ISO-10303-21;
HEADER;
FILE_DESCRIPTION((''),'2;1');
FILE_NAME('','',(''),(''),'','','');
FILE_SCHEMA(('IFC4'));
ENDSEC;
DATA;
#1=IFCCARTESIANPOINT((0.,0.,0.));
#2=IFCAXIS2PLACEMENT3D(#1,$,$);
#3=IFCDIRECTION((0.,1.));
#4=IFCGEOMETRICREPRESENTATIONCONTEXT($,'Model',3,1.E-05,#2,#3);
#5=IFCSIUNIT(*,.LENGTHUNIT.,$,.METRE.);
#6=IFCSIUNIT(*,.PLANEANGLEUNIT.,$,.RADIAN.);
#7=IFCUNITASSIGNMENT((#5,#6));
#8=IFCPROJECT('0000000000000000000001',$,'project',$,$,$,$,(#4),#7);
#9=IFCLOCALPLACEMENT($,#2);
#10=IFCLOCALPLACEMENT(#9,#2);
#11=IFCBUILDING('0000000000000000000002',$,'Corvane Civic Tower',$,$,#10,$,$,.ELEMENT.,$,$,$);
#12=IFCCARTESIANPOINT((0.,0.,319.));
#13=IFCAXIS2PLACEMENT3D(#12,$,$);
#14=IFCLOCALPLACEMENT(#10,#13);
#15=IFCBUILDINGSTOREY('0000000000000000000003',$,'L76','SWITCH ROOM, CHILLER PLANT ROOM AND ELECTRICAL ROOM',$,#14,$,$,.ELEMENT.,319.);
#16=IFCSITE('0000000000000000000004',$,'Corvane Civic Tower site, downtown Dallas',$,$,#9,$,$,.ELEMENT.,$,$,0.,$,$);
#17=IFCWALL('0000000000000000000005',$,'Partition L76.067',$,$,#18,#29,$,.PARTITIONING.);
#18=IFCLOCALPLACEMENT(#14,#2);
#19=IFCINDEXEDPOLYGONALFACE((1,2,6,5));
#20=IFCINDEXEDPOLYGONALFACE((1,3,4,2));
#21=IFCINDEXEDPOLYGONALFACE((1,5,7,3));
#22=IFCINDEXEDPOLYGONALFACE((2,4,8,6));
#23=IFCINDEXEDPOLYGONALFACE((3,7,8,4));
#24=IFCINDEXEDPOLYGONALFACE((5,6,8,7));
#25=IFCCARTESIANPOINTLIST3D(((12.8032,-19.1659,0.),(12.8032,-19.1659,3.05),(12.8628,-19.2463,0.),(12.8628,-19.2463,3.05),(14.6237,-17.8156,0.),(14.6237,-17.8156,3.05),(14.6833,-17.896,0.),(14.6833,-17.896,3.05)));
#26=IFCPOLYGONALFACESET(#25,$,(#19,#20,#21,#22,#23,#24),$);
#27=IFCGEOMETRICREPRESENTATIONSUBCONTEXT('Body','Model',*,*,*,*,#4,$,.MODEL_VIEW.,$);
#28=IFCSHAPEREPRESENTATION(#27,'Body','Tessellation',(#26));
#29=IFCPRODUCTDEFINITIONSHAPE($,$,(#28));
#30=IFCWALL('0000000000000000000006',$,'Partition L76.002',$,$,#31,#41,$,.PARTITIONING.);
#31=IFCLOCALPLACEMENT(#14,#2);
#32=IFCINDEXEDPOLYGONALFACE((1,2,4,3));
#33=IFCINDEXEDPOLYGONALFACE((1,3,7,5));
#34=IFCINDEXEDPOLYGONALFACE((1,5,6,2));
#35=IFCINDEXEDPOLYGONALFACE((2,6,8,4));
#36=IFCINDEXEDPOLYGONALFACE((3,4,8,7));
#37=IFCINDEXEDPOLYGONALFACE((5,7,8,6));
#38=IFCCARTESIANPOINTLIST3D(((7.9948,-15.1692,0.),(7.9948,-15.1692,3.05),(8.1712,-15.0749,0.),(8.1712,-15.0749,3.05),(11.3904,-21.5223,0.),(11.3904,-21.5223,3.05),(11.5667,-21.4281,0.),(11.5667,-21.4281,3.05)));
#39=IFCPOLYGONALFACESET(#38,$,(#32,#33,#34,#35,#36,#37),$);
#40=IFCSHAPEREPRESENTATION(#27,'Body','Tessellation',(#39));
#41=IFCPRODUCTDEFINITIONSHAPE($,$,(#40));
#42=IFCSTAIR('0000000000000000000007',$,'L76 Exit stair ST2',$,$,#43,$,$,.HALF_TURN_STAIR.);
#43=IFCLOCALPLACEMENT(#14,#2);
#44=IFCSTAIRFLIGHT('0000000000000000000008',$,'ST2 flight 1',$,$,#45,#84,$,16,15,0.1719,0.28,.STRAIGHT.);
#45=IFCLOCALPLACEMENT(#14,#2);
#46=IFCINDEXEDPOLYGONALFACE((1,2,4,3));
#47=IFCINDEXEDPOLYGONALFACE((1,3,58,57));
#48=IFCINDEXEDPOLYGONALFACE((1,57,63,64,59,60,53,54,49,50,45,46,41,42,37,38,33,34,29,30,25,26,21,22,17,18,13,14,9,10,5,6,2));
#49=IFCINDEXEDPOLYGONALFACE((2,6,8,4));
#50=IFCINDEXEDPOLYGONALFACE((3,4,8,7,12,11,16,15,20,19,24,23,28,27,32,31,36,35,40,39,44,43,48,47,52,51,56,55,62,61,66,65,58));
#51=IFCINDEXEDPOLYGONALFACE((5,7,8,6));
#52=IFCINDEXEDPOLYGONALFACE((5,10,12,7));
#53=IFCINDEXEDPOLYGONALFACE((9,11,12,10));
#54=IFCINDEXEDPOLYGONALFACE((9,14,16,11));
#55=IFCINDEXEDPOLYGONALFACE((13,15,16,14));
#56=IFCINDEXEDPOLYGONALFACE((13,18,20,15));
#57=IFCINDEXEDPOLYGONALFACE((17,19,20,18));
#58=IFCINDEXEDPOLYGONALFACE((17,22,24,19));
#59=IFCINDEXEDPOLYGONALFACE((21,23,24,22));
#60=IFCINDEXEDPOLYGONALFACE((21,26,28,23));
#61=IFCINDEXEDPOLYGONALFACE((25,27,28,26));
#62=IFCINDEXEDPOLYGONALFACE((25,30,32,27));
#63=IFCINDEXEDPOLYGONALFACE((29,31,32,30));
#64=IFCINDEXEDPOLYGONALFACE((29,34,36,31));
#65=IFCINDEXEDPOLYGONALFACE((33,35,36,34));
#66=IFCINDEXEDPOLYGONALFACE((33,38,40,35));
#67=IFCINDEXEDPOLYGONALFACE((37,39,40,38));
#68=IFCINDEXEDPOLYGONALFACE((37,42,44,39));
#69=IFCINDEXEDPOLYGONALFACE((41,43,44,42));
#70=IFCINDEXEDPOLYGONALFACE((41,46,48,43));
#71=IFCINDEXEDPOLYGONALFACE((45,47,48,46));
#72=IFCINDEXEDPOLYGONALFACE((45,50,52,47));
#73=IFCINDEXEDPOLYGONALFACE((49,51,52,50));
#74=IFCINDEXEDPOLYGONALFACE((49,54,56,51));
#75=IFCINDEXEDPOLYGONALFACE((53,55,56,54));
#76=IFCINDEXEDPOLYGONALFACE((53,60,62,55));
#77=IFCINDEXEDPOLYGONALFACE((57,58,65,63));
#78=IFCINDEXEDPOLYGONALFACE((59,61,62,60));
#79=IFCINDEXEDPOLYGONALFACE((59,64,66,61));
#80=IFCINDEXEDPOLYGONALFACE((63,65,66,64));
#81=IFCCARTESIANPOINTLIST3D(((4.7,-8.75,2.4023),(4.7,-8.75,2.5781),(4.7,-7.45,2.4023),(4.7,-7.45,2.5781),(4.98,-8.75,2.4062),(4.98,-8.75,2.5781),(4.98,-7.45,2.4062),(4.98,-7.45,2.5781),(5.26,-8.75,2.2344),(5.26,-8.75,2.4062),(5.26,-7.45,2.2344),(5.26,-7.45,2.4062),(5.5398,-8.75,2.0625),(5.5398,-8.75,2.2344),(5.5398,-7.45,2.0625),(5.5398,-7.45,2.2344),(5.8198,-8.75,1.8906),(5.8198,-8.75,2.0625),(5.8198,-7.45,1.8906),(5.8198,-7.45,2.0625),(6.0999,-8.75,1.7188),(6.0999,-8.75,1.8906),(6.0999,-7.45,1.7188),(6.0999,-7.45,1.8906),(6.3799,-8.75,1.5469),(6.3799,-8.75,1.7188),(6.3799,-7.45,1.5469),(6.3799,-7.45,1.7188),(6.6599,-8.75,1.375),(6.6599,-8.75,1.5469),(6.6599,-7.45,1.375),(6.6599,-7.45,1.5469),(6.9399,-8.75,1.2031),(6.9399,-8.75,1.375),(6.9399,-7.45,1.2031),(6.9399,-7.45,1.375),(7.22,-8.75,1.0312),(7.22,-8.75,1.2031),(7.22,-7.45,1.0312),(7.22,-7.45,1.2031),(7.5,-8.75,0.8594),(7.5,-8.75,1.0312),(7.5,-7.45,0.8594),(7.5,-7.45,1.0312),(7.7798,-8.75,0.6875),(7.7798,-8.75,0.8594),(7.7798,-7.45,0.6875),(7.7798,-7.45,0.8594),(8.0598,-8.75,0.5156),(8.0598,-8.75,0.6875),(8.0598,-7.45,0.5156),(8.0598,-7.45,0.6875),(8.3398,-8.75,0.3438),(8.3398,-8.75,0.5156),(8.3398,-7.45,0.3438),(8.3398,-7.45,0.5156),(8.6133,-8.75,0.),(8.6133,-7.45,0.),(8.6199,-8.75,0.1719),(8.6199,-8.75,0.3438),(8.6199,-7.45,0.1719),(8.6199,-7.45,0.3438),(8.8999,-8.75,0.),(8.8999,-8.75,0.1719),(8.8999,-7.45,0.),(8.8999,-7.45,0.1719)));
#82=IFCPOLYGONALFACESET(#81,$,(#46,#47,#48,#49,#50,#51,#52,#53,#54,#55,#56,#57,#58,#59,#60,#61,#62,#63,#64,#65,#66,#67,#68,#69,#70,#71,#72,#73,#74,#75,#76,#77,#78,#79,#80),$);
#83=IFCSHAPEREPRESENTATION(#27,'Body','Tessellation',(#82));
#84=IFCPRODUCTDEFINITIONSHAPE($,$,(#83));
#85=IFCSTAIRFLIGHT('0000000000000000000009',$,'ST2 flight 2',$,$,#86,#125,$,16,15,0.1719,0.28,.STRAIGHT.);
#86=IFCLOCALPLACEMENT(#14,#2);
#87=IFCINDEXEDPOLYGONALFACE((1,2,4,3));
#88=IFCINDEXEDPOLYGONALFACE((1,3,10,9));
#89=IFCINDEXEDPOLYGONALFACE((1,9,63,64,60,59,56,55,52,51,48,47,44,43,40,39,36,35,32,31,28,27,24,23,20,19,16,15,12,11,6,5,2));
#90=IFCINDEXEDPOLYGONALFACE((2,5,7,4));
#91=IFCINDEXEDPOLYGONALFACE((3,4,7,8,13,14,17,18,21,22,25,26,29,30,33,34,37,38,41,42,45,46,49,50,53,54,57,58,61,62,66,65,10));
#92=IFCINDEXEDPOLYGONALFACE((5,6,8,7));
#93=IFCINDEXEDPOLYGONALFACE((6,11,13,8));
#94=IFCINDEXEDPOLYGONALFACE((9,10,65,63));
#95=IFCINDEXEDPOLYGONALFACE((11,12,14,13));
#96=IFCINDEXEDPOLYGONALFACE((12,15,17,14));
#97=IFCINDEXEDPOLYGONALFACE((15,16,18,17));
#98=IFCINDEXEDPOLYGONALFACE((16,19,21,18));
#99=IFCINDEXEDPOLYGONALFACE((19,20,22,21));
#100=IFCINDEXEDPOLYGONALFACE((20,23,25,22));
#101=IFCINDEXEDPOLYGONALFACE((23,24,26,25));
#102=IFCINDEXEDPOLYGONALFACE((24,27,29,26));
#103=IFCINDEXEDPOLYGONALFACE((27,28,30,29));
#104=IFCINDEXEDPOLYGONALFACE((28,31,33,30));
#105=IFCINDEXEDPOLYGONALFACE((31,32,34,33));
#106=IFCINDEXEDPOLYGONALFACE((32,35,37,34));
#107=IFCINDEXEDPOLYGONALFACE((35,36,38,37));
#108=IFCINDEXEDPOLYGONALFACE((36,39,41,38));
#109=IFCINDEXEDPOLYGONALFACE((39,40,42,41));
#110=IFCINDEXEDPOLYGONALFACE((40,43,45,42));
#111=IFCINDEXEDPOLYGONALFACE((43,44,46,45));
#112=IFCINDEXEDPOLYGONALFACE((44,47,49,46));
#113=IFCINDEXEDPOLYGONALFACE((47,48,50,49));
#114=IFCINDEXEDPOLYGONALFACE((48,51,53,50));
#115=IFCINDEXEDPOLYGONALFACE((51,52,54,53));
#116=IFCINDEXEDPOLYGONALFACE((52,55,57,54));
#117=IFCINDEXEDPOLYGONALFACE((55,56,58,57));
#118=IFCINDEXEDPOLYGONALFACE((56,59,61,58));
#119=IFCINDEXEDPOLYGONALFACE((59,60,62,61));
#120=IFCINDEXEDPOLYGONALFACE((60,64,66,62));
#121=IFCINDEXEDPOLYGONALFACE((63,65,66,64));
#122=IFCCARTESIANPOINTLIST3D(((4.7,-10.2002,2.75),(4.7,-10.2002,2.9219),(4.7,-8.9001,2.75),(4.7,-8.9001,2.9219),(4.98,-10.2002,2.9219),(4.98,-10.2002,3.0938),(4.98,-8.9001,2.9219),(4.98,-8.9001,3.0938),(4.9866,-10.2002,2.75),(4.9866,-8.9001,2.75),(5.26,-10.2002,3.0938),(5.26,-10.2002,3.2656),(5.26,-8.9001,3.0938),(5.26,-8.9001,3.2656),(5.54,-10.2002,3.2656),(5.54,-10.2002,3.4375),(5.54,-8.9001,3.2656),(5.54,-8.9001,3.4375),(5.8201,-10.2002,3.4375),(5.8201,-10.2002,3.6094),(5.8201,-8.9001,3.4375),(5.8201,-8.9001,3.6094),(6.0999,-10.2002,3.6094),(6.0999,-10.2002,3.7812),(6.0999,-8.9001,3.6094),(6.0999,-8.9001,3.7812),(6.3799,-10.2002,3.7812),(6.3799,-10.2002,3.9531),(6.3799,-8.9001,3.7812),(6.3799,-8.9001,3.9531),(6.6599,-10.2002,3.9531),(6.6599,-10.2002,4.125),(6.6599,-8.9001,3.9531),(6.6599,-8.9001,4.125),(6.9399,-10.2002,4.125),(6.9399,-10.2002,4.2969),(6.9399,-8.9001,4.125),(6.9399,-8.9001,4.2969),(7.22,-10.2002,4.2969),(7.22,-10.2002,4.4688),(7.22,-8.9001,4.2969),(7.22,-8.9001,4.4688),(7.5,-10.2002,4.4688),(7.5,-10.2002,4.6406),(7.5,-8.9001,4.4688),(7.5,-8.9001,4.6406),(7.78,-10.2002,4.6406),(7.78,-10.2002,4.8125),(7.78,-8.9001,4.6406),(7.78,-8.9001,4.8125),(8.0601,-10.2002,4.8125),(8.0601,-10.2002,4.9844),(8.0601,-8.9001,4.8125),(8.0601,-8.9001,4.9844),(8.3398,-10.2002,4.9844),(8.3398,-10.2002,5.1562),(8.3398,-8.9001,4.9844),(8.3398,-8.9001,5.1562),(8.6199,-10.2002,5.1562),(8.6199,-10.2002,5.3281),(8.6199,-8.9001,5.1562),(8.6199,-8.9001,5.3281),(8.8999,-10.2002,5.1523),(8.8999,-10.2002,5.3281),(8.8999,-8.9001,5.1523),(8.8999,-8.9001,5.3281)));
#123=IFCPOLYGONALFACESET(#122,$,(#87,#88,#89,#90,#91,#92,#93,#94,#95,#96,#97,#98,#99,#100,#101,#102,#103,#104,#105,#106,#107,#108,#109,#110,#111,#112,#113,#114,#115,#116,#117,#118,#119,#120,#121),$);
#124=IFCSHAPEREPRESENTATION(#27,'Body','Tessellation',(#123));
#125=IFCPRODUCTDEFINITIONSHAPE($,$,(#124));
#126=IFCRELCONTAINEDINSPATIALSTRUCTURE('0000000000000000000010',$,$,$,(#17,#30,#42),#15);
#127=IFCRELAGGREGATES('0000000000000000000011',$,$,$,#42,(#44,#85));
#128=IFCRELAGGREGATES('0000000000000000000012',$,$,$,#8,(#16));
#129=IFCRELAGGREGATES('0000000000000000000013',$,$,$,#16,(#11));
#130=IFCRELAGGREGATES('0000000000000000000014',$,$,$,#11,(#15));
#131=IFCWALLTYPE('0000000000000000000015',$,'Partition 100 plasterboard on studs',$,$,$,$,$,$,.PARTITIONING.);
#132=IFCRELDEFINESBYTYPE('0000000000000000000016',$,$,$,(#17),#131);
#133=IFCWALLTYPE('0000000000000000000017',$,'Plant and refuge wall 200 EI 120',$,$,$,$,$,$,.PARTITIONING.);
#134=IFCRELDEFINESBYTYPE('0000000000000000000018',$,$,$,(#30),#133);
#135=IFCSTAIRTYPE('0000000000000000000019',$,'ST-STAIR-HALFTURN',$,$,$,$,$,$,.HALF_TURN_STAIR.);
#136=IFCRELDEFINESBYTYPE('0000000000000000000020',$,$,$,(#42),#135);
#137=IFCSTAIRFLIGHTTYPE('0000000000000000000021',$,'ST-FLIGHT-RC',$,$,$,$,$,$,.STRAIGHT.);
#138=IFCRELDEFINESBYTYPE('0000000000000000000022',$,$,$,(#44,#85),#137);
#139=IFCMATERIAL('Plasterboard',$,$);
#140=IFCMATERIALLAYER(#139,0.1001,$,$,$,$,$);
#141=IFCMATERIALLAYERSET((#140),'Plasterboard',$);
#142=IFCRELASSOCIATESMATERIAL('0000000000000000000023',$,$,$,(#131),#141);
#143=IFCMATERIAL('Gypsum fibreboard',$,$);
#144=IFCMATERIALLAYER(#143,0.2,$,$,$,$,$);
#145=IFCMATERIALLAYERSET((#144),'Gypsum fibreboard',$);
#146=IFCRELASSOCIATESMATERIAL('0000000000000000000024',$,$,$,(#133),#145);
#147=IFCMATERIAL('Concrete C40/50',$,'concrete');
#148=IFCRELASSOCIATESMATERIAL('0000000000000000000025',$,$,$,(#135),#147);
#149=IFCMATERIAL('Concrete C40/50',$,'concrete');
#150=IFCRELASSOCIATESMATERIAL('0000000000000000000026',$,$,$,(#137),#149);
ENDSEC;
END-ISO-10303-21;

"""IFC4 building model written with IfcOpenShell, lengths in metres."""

from ifc_helpers import new_model, si_unit, direction, frame, frame_2d, origin, place, context, subcontext, project, spatial, polyline, rectangle, outline, extrude, material, layer, layer_set, type_object, element, aggregate, save


model = new_model("IFC4")

# Units and contexts
model_context = context("Model", 3, precision=1e-05, world=origin(), true_north=direction((0.0, 1.0)))
body_context = subcontext(model_context, "Body", "Model", "MODEL_VIEW")
ifc_project = project(units=[si_unit("LENGTHUNIT", "METRE"), si_unit("PLANEANGLEUNIT", "RADIAN")], contexts=[model_context])

# Site, building, storey
site_placement = place(None, origin())
site = spatial("IfcSite", under=ifc_project, at=site_placement, Name="Corvane Civic Tower site, downtown Dallas", CompositionType="ELEMENT", RefElevation=0.0)
building_placement = place(site_placement, origin())
building = spatial("IfcBuilding", under=site, at=building_placement, Name="Corvane Civic Tower", CompositionType="ELEMENT")
storey_placement = place(building_placement, frame((0.0, 0.0, 319.0)))
storey = spatial("IfcBuildingStorey", under=building, at=storey_placement, Name="L76", Description="SWITCH ROOM, CHILLER PLANT ROOM AND ELECTRICAL ROOM", CompositionType="ELEMENT", Elevation=319.0)

# Walls
ifc_material_1 = material(Name="Plasterboard")
ifc_layer_1 = layer(ifc_material_1, 0.1001)
ifc_layer_set_1 = layer_set([ifc_layer_1], Name="Plasterboard")
wall_type_1 = type_object("IfcWallType", Name="Partition 100 plasterboard on studs", PredefinedType="PARTITIONING", material=ifc_layer_set_1)
wall_1_placement = place(storey_placement, frame((12.833, -19.2061, 0.0), z_axis=(0.0, 0.0, 1.0), x_axis=(0.803181, 0.595735, 0.0)))
element("IfcWall", 1, at=wall_1_placement, inside=storey, type_object=wall_type_1, Name="Partition L76.067", PredefinedType="PARTITIONING", context=body_context, shape_type="SweptSolid", body=[
    extrude(rectangle(XDim=2.2666, YDim=0.1001, at=frame_2d((1.1333, 0.0))), origin(), (0.0, 0.0, 1.0), 3.05),
])
ifc_material_2 = material(Name="Gypsum fibreboard")
ifc_layer_2 = layer(ifc_material_2, 0.2)
ifc_layer_set_2 = layer_set([ifc_layer_2], Name="Gypsum fibreboard")
wall_type_2 = type_object("IfcWallType", Name="Plant and refuge wall 200 EI 120", PredefinedType="PARTITIONING", material=ifc_layer_set_2)
wall_2_placement = place(storey_placement, frame((8.083, -15.1221, 0.0), z_axis=(0.0, 0.0, 1.0), x_axis=(0.471369, -0.881936, 0.0)))
element("IfcWall", 2, at=wall_2_placement, inside=storey, type_object=wall_type_2, Name="Partition L76.002", PredefinedType="PARTITIONING", context=body_context, shape_type="SweptSolid", body=[
    extrude(rectangle(XDim=7.2036, YDim=0.2, at=frame_2d((3.6018, 0.0))), origin(), (0.0, 0.0, 1.0), 3.05),
])

# Stair, stair flights
ifc_material_3 = material(Name="Concrete C40/50", Category="concrete")
stair_type = type_object("IfcStairType", Name="ST-STAIR-HALFTURN", PredefinedType="HALF_TURN_STAIR", material=ifc_material_3)
stair_placement = place(storey_placement, origin())
stair = element("IfcStair", 3, at=stair_placement, inside=storey, type_object=stair_type, Name="L76 Exit stair ST2", PredefinedType="HALF_TURN_STAIR")
ifc_material_4 = material(Name="Concrete C40/50", Category="concrete")
stair_flight_type = type_object("IfcStairFlightType", Name="ST-FLIGHT-RC", PredefinedType="STRAIGHT", material=ifc_material_4)
stair_flight_1_placement = place(storey_placement, frame((8.8999, -8.1001, 0.0), z_axis=(0.0, 0.0, 1.0), x_axis=(-1.0, 0.0, 0.0)))
stair_flight_1 = element("IfcStairFlight", 4, at=stair_flight_1_placement, type_object=stair_flight_type, Name="ST2 flight 1", NumberOfRisers=16, NumberOfTreads=15, PredefinedType="STRAIGHT", RiserHeight=0.1719, TreadLength=0.28, context=body_context, shape_type="SweptSolid", body=[
    extrude(outline(polyline([(0.0, 0.0), (0.0, 0.1719), (0.28, 0.1719), (0.28, 0.3438), (0.5601, 0.3438), (0.5601, 0.5156), (0.8401, 0.5156), (0.8401, 0.6875), (1.1201, 0.6875), (1.1201, 0.8594), (1.3999, 0.8594), (1.3999, 1.0312), (1.6799, 1.0312), (1.6799, 1.2031), (1.96, 1.2031), (1.96, 1.375), (2.24, 1.375), (2.24, 1.5469), (2.52, 1.5469), (2.52, 1.7188), (2.8, 1.7188), (2.8, 1.8906), (3.0801, 1.8906), (3.0801, 2.0625), (3.3601, 2.0625), (3.3601, 2.2344), (3.6399, 2.2344), (3.6399, 2.4062), (3.9199, 2.4062), (3.9199, 2.5781), (4.2, 2.5781), (4.2, 2.75), (4.2, 2.4023), (0.2866, 0.0), (0.0, 0.0)])), frame((0.0, 0.6499, 0.0), z_axis=(0.0, -1.0, 0.0), x_axis=(1.0, 0.0, 0.0)), (0.0, 0.0, 1.0), 1.3),
])
stair_flight_2_placement = place(storey_placement, frame((4.7, -9.55, 2.75), z_axis=(0.0, 0.0, 1.0), x_axis=(1.0, 0.0, 0.0)))
stair_flight_2 = element("IfcStairFlight", 5, at=stair_flight_2_placement, type_object=stair_flight_type, Name="ST2 flight 2", NumberOfRisers=16, NumberOfTreads=15, PredefinedType="STRAIGHT", RiserHeight=0.1719, TreadLength=0.28, context=body_context, shape_type="SweptSolid", body=[
    extrude(outline(polyline([(0.0, 0.0), (0.0, 0.1719), (0.28, 0.1719), (0.28, 0.3438), (0.5601, 0.3438), (0.5601, 0.5156), (0.8401, 0.5156), (0.8401, 0.6875), (1.1201, 0.6875), (1.1201, 0.8594), (1.3999, 0.8594), (1.3999, 1.0312), (1.6799, 1.0312), (1.6799, 1.2031), (1.96, 1.2031), (1.96, 1.375), (2.24, 1.375), (2.24, 1.5469), (2.52, 1.5469), (2.52, 1.7188), (2.8, 1.7188), (2.8, 1.8906), (3.0801, 1.8906), (3.0801, 2.0625), (3.3601, 2.0625), (3.3601, 2.2344), (3.6399, 2.2344), (3.6399, 2.4062), (3.9199, 2.4062), (3.9199, 2.5781), (4.2, 2.5781), (4.2, 2.75), (4.2, 2.4023), (0.2866, 0.0), (0.0, 0.0)])), frame((0.0, 0.6499, 0.0), z_axis=(0.0, -1.0, 0.0), x_axis=(1.0, 0.0, 0.0)), (0.0, 0.0, 1.0), 1.3),
])
aggregate(stair, [stair_flight_1, stair_flight_2])

save(model, "model.ifc")
